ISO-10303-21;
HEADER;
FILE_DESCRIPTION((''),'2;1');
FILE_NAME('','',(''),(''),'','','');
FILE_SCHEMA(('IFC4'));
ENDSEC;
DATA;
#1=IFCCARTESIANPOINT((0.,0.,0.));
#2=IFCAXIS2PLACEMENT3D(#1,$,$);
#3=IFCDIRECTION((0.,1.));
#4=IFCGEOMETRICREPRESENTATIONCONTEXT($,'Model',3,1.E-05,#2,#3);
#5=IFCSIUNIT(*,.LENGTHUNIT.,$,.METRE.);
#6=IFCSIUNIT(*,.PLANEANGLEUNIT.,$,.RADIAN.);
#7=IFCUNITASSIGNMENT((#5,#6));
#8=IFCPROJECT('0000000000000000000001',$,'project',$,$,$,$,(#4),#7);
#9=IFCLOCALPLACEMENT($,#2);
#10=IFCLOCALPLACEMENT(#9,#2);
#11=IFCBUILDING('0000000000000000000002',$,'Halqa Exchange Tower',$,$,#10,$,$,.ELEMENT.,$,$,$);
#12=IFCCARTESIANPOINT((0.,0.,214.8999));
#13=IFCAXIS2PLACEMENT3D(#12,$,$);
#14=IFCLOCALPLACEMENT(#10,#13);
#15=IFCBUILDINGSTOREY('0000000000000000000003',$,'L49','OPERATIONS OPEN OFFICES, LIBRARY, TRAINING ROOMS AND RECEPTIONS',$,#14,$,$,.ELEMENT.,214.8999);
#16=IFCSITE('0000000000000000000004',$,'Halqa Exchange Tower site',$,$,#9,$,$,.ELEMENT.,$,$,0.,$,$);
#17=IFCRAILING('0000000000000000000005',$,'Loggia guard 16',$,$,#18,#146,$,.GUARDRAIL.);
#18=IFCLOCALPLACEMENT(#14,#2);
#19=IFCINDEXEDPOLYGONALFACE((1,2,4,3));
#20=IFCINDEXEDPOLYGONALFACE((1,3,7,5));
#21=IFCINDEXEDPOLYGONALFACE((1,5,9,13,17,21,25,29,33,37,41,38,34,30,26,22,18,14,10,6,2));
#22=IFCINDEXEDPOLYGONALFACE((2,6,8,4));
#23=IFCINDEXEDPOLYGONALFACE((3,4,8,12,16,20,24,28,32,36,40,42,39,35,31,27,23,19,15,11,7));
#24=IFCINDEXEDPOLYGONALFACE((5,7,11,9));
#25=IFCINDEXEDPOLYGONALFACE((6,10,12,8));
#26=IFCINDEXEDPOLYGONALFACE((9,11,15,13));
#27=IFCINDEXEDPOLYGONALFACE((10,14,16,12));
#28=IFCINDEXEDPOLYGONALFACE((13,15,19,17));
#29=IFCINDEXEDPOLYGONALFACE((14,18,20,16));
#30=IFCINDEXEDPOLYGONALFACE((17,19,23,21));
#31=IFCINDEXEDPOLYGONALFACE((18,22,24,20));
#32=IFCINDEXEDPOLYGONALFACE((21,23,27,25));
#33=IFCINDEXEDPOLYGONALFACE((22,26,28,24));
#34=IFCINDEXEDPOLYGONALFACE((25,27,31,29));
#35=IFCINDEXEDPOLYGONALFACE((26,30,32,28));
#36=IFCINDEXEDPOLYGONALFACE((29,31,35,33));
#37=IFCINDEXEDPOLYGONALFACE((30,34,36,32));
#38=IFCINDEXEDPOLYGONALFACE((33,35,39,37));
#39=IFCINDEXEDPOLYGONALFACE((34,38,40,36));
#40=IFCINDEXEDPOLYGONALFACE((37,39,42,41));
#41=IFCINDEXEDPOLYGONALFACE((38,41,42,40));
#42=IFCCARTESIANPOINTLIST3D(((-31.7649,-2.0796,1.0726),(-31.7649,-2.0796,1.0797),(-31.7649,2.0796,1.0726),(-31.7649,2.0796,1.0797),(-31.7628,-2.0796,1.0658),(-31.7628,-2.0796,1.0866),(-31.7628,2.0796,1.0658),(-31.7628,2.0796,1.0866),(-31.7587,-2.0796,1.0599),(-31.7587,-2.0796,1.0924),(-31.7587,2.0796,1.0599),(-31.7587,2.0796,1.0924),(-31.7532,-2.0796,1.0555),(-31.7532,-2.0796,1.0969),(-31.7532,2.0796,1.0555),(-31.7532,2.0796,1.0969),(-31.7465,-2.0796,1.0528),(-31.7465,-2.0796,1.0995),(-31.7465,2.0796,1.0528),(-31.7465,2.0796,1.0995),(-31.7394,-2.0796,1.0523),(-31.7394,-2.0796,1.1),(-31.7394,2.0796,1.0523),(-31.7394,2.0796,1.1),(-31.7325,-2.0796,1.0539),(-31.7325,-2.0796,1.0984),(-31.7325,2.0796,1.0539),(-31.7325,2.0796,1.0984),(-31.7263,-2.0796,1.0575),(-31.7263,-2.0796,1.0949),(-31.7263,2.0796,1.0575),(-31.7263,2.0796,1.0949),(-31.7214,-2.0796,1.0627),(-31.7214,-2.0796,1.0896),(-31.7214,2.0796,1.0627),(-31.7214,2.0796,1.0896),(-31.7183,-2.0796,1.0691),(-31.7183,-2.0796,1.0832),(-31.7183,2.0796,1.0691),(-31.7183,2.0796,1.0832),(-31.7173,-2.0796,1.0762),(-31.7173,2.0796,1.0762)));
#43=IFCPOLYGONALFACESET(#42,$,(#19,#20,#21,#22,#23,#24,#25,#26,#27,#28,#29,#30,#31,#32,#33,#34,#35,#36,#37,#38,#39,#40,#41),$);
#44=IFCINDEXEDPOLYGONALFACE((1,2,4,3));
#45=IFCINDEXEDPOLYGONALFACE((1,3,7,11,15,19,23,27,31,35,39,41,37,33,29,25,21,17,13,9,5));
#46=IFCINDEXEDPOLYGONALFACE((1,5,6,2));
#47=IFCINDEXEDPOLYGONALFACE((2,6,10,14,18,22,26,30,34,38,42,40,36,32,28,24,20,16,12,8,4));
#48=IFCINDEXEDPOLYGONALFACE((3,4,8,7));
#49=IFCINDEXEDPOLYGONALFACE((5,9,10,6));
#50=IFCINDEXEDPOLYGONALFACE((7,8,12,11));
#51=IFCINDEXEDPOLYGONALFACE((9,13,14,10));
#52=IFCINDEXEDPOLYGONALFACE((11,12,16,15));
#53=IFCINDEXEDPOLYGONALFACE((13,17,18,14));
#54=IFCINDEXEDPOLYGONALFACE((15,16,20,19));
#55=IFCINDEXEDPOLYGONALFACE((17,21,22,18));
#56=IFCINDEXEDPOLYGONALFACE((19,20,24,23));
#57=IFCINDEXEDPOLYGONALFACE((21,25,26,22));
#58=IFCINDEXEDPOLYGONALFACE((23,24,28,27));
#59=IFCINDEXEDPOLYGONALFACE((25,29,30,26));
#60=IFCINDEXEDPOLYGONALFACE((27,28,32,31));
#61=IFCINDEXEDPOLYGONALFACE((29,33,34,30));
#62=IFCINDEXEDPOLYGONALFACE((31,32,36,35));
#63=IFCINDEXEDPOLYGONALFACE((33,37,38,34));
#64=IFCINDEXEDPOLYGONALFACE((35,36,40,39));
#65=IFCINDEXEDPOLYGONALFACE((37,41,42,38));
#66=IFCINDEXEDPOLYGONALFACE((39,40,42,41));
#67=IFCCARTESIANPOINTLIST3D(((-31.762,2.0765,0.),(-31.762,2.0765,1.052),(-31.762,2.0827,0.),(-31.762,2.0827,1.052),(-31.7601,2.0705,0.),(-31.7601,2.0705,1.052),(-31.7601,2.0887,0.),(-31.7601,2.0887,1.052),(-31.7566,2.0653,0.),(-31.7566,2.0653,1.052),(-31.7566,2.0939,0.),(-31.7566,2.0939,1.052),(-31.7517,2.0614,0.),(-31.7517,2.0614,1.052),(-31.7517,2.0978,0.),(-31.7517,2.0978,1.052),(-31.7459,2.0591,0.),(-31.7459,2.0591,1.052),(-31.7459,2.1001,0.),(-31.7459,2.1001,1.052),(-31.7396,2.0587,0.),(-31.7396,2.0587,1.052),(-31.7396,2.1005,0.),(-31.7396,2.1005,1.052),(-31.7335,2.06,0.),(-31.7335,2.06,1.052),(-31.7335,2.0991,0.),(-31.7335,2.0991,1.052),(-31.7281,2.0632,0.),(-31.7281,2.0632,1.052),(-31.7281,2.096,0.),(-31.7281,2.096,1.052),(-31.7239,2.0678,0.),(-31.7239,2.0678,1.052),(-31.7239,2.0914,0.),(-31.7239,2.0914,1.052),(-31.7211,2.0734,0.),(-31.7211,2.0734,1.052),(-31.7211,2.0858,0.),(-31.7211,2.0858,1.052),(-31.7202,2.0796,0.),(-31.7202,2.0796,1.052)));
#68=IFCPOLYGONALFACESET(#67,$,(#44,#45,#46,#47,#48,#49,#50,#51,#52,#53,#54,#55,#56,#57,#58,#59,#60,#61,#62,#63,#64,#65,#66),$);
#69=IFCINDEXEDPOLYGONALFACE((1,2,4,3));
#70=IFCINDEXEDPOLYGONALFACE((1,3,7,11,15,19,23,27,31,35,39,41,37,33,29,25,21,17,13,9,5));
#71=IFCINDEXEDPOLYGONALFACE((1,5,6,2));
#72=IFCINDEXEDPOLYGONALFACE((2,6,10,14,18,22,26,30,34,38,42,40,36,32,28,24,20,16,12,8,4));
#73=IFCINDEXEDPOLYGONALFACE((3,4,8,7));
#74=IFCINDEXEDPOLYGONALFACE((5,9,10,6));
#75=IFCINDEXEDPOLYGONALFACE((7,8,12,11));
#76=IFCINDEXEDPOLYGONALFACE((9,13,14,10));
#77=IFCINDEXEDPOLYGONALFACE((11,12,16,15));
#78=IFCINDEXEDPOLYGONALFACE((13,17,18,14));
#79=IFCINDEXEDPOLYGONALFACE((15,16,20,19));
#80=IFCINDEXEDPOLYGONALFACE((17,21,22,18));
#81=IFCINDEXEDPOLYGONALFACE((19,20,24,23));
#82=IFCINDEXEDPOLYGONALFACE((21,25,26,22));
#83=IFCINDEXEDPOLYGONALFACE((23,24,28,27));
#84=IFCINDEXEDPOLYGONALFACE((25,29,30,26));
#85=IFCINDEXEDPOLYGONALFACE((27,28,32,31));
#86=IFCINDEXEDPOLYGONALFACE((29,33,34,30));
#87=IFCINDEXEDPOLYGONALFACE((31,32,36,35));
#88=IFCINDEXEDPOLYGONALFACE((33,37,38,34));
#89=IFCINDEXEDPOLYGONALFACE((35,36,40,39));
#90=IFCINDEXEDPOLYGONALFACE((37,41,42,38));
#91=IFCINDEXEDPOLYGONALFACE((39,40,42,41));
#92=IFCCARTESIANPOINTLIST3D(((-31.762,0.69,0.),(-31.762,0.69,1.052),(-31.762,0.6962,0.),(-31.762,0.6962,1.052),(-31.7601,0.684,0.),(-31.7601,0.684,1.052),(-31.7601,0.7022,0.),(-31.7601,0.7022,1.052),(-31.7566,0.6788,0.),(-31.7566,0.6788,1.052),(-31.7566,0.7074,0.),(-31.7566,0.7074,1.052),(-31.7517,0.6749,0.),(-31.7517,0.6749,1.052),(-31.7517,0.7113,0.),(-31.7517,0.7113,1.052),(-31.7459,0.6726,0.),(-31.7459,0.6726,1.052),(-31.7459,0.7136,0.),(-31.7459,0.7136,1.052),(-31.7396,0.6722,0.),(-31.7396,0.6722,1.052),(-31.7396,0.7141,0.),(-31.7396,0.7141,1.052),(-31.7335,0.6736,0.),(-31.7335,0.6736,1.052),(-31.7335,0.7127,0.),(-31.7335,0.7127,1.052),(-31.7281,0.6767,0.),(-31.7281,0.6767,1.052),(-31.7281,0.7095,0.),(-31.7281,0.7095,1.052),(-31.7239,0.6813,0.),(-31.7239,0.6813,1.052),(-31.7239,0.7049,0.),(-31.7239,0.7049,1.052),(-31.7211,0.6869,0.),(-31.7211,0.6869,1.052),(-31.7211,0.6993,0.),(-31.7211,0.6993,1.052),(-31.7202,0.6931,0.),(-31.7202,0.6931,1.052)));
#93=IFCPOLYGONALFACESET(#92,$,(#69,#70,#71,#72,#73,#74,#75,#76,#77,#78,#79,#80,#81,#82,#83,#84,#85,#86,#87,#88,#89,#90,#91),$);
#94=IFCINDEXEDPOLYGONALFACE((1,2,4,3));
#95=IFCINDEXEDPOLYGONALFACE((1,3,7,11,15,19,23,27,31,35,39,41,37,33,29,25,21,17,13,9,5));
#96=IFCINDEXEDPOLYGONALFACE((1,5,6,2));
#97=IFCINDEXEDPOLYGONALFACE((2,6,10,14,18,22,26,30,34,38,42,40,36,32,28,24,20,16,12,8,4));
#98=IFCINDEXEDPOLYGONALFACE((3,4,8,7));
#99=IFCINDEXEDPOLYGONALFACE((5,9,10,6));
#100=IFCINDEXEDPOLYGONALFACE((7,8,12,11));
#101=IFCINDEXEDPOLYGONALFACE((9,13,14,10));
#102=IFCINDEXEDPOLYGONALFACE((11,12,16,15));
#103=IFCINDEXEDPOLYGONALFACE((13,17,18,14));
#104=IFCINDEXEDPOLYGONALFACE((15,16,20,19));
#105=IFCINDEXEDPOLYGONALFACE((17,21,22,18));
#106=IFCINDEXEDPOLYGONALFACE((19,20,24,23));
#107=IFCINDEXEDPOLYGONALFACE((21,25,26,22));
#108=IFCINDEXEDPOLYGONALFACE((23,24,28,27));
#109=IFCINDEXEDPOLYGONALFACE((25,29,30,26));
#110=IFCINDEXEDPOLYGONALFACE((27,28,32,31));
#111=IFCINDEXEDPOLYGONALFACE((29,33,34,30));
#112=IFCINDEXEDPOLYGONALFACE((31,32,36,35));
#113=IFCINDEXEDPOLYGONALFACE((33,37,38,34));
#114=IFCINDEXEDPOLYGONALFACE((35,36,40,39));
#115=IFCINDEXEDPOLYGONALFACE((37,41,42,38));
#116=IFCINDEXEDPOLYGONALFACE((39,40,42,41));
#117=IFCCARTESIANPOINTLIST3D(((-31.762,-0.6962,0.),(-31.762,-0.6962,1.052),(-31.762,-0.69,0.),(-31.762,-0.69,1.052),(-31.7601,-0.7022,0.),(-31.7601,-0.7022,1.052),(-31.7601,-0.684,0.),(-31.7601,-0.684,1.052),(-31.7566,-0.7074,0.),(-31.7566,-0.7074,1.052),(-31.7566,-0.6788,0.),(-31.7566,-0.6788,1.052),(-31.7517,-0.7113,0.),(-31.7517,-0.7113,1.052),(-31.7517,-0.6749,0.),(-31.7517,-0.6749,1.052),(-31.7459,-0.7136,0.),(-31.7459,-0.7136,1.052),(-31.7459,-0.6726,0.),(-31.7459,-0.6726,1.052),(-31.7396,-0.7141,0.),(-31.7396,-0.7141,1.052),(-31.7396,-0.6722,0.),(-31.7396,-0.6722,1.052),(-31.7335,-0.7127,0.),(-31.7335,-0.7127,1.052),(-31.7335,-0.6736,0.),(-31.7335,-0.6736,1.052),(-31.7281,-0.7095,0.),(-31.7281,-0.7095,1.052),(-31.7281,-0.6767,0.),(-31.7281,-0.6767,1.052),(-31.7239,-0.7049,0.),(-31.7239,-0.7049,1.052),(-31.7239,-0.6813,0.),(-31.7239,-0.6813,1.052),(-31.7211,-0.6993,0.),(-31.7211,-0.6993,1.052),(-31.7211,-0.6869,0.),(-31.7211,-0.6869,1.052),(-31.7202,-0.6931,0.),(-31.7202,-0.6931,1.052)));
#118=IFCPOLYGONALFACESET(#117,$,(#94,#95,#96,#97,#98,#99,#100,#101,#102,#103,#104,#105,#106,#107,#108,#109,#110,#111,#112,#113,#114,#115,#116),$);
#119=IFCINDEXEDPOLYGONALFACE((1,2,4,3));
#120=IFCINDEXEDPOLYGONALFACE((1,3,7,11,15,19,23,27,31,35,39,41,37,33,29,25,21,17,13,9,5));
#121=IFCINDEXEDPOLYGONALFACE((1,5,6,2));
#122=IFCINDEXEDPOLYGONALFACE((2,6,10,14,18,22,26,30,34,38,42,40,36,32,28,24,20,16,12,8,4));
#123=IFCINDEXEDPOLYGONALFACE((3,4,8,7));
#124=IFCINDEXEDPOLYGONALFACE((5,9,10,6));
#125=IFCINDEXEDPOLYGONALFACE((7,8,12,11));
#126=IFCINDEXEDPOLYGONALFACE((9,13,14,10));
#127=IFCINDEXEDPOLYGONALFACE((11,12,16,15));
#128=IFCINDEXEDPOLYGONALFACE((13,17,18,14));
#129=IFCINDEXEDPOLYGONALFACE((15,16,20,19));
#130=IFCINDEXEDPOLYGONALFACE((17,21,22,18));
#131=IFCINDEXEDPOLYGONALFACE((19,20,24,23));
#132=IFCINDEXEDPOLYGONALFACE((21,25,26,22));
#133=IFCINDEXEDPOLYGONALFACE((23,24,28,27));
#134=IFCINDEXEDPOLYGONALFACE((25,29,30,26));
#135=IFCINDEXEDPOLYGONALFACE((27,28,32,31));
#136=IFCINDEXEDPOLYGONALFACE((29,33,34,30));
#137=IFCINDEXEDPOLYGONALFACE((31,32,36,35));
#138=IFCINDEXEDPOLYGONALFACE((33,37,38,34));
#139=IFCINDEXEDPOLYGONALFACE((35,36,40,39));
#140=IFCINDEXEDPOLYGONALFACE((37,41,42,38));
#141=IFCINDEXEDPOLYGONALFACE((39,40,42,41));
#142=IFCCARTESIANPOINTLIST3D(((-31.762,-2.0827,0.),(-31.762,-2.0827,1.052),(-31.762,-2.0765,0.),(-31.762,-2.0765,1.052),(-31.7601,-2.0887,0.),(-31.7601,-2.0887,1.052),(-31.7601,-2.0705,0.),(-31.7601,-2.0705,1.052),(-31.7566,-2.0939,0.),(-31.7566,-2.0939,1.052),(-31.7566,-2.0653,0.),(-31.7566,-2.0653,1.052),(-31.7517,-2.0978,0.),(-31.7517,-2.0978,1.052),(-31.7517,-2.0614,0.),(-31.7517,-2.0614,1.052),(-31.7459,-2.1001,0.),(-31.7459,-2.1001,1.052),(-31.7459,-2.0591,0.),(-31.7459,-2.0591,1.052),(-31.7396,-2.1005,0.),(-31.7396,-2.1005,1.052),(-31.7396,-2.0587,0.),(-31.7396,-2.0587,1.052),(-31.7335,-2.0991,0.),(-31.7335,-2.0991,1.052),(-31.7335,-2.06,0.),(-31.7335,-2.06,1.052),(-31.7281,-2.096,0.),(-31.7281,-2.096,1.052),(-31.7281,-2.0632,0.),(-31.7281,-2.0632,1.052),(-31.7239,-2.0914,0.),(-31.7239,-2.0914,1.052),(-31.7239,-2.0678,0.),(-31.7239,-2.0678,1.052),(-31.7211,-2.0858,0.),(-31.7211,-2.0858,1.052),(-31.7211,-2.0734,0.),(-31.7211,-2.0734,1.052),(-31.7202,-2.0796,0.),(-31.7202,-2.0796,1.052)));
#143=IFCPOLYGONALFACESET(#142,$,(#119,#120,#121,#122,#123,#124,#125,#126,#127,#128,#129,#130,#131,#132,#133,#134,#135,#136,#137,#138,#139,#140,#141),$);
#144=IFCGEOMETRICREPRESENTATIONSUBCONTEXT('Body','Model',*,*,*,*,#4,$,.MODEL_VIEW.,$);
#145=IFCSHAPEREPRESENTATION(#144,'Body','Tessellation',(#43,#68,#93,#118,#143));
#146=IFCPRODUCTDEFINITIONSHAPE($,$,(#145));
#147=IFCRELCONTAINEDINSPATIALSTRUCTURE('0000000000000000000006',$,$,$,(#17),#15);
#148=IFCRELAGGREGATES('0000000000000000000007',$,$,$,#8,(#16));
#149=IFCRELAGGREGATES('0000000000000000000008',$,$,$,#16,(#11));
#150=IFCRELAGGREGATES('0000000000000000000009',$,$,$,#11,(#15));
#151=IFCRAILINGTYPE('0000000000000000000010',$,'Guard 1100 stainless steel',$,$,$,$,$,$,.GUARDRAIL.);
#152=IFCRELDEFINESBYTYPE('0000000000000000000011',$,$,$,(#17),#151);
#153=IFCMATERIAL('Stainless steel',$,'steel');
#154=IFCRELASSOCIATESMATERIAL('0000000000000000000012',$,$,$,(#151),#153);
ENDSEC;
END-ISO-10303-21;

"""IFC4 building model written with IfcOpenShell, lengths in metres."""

from ifc_helpers import new_model, si_unit, direction, frame, origin, origin_2d, place, context, subcontext, project, spatial, circle, extrude, material, type_object, element, save


model = new_model("IFC4")

# Units and contexts
model_context = context("Model", 3, precision=1e-05, world=origin(), true_north=direction((0.0, 1.0)))
body_context = subcontext(model_context, "Body", "Model", "MODEL_VIEW")
ifc_project = project(units=[si_unit("LENGTHUNIT", "METRE"), si_unit("PLANEANGLEUNIT", "RADIAN")], contexts=[model_context])

# Site, building, storey
site_placement = place(None, origin())
site = spatial("IfcSite", under=ifc_project, at=site_placement, Name="Halqa Exchange Tower site", CompositionType="ELEMENT", RefElevation=0.0)
building_placement = place(site_placement, origin())
building = spatial("IfcBuilding", under=site, at=building_placement, Name="Halqa Exchange Tower", CompositionType="ELEMENT")
storey_placement = place(building_placement, frame((0.0, 0.0, 214.8999)))
storey = spatial("IfcBuildingStorey", under=building, at=storey_placement, Name="L49", Description="OPERATIONS OPEN OFFICES, LIBRARY, TRAINING ROOMS AND RECEPTIONS", CompositionType="ELEMENT", Elevation=214.8999)

# Railing
ifc_material_1 = material(Name="Stainless steel", Category="steel")
railing_type = type_object("IfcRailingType", Name="Guard 1100 stainless steel", PredefinedType="GUARDRAIL", material=ifc_material_1)
railing_1_placement = place(storey_placement, frame((-31.7412, 2.0796, 0.0)))
element("IfcRailing", 1, at=railing_1_placement, inside=storey, type_object=railing_type, Name="Loggia guard 16", PredefinedType="GUARDRAIL", context=body_context, shape_type="SweptSolid", body=[
    extrude(circle(Radius=0.0239, at=origin_2d()), frame((0.0, 0.0, 1.0762), z_axis=(0.0, -1.0, 0.0), x_axis=(1.0, 0.0, 0.0)), (0.0, 0.0, 1.0), 4.1592),
    extrude(circle(Radius=0.021, at=origin_2d()), origin(), (0.0, 0.0, 1.0), 1.052),
    extrude(circle(Radius=0.021, at=origin_2d()), frame((0.0, -1.3865, 0.0)), (0.0, 0.0, 1.0), 1.052),
    extrude(circle(Radius=0.021, at=origin_2d()), frame((0.0, -2.7727, 0.0)), (0.0, 0.0, 1.0), 1.052),
    extrude(circle(Radius=0.021, at=origin_2d()), frame((0.0, -4.1592, 0.0)), (0.0, 0.0, 1.0), 1.052),
])

save(model, "model.ifc")
